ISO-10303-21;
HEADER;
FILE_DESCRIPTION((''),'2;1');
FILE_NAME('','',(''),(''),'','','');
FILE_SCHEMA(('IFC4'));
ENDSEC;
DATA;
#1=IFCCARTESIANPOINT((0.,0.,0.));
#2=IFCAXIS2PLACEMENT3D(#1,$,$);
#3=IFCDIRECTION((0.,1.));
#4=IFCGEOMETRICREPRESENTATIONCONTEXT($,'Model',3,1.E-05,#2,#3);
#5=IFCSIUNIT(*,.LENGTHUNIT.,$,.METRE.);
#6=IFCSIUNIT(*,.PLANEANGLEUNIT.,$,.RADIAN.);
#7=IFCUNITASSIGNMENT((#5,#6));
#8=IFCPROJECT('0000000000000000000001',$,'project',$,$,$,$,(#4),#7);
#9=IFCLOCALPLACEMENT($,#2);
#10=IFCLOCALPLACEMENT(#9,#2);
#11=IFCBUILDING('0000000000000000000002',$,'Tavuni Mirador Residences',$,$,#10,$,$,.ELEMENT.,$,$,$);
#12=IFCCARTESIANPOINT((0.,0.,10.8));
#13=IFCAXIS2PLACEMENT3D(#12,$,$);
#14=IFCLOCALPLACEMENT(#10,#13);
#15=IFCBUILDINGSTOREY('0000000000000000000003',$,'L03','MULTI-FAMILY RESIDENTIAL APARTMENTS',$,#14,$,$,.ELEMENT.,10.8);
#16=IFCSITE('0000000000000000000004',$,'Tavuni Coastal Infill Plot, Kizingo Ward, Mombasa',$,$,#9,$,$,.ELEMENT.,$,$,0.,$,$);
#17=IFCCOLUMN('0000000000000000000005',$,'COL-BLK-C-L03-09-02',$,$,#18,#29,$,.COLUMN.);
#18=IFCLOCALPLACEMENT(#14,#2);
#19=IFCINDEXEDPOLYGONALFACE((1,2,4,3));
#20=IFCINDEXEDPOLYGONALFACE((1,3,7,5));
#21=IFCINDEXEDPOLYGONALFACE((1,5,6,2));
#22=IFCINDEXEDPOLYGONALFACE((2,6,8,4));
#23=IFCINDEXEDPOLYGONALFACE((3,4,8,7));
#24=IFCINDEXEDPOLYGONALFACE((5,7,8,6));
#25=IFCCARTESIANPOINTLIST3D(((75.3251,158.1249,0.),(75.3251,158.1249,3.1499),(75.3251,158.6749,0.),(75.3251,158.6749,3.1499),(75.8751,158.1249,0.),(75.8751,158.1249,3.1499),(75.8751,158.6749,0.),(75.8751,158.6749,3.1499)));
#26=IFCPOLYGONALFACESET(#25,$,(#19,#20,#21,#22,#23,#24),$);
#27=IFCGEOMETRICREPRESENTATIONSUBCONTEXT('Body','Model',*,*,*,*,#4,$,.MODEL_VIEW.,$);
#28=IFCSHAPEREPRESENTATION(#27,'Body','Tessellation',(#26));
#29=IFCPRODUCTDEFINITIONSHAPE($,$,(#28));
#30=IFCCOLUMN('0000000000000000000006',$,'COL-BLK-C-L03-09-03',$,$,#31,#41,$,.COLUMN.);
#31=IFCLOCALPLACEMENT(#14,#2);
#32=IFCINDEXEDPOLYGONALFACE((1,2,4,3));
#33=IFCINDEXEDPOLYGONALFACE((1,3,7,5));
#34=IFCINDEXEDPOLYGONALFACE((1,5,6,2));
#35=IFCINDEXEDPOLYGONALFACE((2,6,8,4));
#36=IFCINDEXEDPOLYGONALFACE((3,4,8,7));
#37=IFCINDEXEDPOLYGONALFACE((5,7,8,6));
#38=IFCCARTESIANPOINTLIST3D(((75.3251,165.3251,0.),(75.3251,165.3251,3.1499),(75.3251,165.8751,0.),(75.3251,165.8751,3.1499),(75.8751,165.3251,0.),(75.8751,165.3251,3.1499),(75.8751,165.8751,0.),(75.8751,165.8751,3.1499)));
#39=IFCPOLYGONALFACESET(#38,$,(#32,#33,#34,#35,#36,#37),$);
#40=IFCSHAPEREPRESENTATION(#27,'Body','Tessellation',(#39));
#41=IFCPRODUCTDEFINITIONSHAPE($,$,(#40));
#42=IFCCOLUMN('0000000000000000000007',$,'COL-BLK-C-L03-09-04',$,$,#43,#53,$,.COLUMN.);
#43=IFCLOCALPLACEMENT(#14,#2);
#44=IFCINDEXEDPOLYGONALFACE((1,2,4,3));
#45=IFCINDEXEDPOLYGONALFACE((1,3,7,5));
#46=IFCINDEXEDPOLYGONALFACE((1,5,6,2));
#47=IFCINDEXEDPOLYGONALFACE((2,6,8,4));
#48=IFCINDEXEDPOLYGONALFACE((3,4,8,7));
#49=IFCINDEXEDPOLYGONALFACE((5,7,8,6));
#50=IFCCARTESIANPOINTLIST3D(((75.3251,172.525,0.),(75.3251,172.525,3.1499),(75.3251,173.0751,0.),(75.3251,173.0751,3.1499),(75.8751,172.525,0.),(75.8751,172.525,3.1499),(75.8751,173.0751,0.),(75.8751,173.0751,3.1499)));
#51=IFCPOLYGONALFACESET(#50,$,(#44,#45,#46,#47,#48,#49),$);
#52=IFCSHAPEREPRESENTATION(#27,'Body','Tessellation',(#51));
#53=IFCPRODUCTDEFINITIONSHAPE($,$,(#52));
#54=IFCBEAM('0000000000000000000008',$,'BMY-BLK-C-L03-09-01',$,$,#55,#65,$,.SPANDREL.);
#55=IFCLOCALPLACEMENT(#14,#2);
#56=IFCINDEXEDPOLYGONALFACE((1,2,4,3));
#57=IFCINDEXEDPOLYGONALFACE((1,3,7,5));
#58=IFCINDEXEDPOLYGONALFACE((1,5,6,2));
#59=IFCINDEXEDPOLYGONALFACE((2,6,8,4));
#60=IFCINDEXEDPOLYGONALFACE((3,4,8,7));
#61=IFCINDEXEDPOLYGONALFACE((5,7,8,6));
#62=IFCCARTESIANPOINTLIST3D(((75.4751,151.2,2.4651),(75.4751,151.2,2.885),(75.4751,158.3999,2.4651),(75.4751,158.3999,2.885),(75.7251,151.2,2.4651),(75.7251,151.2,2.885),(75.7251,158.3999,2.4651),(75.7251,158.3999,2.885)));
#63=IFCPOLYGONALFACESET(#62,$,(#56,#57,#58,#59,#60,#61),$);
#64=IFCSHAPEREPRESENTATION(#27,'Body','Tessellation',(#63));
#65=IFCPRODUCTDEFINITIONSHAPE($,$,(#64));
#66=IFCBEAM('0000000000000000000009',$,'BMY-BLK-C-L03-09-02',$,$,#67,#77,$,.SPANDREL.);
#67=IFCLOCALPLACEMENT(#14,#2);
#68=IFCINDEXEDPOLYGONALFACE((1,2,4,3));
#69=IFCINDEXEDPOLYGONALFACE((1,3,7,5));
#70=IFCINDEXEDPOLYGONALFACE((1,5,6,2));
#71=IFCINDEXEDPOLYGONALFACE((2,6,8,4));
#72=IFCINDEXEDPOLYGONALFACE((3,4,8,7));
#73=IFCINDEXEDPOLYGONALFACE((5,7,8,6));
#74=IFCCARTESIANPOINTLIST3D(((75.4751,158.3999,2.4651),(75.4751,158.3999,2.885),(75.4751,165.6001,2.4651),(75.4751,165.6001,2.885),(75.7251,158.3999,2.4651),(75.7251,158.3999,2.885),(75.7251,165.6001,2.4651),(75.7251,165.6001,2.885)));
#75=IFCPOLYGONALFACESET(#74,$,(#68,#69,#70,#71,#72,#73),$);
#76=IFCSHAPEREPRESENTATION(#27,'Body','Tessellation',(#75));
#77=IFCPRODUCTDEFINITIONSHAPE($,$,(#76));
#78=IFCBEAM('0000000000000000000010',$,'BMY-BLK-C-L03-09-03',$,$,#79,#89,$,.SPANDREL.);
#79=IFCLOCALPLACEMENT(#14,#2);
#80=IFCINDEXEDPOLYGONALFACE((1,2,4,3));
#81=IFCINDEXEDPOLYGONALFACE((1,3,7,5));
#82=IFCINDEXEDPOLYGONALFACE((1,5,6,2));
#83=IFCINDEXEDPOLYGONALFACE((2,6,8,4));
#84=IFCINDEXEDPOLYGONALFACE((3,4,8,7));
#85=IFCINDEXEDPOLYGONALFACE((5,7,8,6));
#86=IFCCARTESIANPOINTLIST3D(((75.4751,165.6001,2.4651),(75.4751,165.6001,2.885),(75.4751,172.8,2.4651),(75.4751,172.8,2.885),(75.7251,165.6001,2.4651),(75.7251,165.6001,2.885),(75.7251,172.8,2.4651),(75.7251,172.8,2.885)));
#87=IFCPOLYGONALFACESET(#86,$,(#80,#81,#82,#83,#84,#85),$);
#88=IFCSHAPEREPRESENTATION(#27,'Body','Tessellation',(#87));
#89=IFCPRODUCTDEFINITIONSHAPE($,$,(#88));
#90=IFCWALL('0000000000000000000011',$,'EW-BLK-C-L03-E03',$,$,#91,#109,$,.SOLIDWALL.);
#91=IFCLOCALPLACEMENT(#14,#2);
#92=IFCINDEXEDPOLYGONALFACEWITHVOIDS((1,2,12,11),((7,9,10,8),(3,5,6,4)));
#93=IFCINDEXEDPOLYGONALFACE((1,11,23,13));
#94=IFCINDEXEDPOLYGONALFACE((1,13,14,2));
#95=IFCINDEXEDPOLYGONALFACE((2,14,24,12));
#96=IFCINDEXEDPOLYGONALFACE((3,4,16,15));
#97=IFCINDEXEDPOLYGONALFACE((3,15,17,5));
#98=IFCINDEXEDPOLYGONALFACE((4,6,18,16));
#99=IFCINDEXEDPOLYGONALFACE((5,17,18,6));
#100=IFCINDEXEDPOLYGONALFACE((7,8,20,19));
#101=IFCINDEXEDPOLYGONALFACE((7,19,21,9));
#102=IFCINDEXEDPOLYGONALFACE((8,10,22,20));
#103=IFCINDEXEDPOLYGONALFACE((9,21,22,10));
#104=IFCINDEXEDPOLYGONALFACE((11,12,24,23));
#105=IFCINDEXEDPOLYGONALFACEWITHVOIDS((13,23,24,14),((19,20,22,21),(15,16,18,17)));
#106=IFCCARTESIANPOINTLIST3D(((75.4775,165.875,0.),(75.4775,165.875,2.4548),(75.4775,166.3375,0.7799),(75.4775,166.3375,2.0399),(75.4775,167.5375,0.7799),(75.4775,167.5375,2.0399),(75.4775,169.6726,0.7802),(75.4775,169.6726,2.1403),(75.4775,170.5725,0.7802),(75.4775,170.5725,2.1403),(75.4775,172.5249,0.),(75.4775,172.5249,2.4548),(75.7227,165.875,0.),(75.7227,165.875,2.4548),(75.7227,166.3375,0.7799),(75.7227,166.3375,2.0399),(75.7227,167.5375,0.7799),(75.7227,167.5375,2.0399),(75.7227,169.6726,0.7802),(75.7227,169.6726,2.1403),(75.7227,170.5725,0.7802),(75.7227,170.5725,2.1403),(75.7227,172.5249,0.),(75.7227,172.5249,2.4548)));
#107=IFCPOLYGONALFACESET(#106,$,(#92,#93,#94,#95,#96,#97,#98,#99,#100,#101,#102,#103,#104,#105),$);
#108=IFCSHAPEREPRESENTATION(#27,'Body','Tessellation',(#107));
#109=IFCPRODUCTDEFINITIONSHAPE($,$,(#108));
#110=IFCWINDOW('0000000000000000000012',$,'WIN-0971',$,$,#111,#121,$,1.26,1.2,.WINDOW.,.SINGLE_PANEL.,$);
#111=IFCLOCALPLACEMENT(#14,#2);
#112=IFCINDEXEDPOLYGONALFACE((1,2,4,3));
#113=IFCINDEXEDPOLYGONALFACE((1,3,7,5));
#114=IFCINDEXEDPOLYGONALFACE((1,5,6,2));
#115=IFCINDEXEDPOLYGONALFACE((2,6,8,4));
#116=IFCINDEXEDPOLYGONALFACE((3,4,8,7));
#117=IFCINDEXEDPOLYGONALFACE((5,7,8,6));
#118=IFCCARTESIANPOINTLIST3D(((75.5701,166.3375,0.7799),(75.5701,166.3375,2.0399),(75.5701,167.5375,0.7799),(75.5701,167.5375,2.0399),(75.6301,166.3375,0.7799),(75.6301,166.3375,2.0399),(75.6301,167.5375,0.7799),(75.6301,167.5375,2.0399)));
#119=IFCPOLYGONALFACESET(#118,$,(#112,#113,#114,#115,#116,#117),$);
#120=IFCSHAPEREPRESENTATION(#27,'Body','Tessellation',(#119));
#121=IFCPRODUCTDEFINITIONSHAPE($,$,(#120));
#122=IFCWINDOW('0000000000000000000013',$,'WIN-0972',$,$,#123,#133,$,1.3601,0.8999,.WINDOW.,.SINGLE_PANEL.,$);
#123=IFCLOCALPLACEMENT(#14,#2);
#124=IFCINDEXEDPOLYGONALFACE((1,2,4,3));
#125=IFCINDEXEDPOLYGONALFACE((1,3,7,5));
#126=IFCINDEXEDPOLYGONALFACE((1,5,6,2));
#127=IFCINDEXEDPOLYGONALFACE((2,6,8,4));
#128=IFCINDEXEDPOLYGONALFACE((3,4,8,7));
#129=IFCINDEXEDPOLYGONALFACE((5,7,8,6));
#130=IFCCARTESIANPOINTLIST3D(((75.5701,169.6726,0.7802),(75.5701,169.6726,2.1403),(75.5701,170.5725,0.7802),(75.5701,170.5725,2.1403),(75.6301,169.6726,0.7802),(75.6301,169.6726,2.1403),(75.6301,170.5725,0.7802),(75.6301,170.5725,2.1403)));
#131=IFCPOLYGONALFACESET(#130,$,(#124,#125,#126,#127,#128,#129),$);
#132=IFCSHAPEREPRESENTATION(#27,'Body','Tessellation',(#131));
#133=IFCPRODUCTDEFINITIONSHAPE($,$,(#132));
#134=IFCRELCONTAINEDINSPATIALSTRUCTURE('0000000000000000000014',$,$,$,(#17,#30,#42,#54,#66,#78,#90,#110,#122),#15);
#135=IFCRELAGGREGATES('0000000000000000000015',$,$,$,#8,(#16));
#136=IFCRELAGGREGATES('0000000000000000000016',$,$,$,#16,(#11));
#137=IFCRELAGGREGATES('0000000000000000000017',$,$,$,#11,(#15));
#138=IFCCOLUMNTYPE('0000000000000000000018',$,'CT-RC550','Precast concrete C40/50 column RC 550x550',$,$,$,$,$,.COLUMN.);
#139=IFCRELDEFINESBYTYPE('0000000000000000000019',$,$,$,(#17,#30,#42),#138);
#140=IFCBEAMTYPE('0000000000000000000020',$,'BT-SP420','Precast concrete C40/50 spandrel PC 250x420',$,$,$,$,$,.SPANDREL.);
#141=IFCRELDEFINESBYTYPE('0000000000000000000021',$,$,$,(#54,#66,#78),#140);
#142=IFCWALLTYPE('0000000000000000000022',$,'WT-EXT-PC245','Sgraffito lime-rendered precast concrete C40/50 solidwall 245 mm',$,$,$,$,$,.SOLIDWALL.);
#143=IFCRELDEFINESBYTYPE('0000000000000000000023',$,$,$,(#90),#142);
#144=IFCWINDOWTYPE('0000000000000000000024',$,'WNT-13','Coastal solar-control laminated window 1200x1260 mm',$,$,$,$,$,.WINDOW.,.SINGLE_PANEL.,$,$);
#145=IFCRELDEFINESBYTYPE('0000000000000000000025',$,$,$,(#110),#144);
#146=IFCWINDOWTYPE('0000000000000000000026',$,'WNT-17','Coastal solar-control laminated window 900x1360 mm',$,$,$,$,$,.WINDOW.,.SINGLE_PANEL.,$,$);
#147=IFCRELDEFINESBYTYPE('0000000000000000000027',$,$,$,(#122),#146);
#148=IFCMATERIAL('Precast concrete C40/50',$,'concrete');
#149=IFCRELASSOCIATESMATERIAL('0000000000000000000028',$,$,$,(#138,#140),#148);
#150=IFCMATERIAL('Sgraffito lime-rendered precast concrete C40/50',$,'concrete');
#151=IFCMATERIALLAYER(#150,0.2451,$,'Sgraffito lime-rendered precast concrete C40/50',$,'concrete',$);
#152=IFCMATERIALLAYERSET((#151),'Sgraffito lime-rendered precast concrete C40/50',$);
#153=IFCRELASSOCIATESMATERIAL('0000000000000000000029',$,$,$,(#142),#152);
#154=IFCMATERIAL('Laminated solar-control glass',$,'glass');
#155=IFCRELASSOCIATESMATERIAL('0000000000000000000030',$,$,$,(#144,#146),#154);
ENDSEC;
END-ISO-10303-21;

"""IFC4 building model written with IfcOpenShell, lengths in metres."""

from ifc_helpers import new_model, si_unit, direction, frame, frame_2d, origin, origin_2d, place, context, subcontext, project, spatial, rectangle, extrude, material, layer, layer_set, material_profile, profile_set, type_object, element, fill, save


model = new_model("IFC4")

# Units and contexts
model_context = context("Model", 3, precision=1e-05, world=origin(), true_north=direction((0.0, 1.0)))
body_context = subcontext(model_context, "Body", "Model", "MODEL_VIEW")
ifc_project = project(units=[si_unit("LENGTHUNIT", "METRE"), si_unit("PLANEANGLEUNIT", "RADIAN")], contexts=[model_context])

# Site, building, storey
site_placement = place(None, origin())
site = spatial("IfcSite", under=ifc_project, at=site_placement, Name="Tavuni Coastal Infill Plot, Kizingo Ward, Mombasa", CompositionType="ELEMENT", RefElevation=0.0)
building_placement = place(site_placement, origin())
building = spatial("IfcBuilding", under=site, at=building_placement, Name="Tavuni Mirador Residences", CompositionType="ELEMENT")
storey_placement = place(building_placement, frame((0.0, 0.0, 10.8)))
storey = spatial("IfcBuildingStorey", under=building, at=storey_placement, Name="L03", Description="MULTI-FAMILY RESIDENTIAL APARTMENTS", CompositionType="ELEMENT", Elevation=10.8)

# Columns
ifc_material_1 = material(Name="Precast concrete C40/50", Category="concrete")
ifc_material_profile_1 = material_profile(ifc_material_1, rectangle(XDim=0.55, YDim=0.55, at=origin_2d()), Name="RC 550x550", Category="concrete")
ifc_profile_set_1 = profile_set([ifc_material_profile_1], Name="Precast concrete C40/50")
column_type = type_object("IfcColumnType", Name="CT-RC550", Description="Precast concrete C40/50 column RC 550x550", PredefinedType="COLUMN", material=ifc_profile_set_1)
for number, where, z_axis, x_axis, name in (
    (1, (75.6001, 158.3999, 0.0), (0.0, 0.0, 1.0), (1.0, 0.0, 0.0), "COL-BLK-C-L03-09-02"),
    (2, (75.6001, 165.6001, 0.0), (0.0, 0.0, 1.0), (1.0, 0.0, 0.0), "COL-BLK-C-L03-09-03"),
    (3, (75.6001, 172.8, 0.0), (0.0, 0.0, 1.0), (1.0, 0.0, 0.0), "COL-BLK-C-L03-09-04"),
):
    element("IfcColumn", number, at=place(storey_placement, frame(where, z_axis=z_axis, x_axis=x_axis)), inside=storey, type_object=column_type, Name=name, PredefinedType="COLUMN", context=body_context, shape_type="SweptSolid", body=[
        extrude(rectangle(XDim=0.55, YDim=0.55, at=origin_2d()), origin(), (0.0, 0.0, 1.0), 3.1499),
    ])

# Beams
ifc_material_profile_2 = material_profile(ifc_material_1, rectangle(XDim=0.25, YDim=0.4199, at=origin_2d()), Name="PC 250x420", Category="concrete")
ifc_profile_set_2 = profile_set([ifc_material_profile_2], Name="Precast concrete C40/50")
beam_type = type_object("IfcBeamType", Name="BT-SP420", Description="Precast concrete C40/50 spandrel PC 250x420", PredefinedType="SPANDREL", material=ifc_profile_set_2)
beam_1_placement = place(storey_placement, frame((75.6001, 151.2, 2.675), z_axis=(0.0, 1.0, 0.0), x_axis=(-1.0, 0.0, 0.0)))
element("IfcBeam", 4, at=beam_1_placement, inside=storey, type_object=beam_type, Name="BMY-BLK-C-L03-09-01", PredefinedType="SPANDREL", context=body_context, shape_type="SweptSolid", body=[
    extrude(rectangle(XDim=0.25, YDim=0.4199, at=origin_2d()), origin(), (0.0, 0.0, 1.0), 7.2),
])
beam_2_placement = place(storey_placement, frame((75.6001, 158.3999, 2.675), z_axis=(0.0, 1.0, 0.0), x_axis=(-1.0, 0.0, 0.0)))
element("IfcBeam", 5, at=beam_2_placement, inside=storey, type_object=beam_type, Name="BMY-BLK-C-L03-09-02", PredefinedType="SPANDREL", context=body_context, shape_type="SweptSolid", body=[
    extrude(rectangle(XDim=0.25, YDim=0.4199, at=origin_2d()), origin(), (0.0, 0.0, 1.0), 7.2002),
])
beam_3_placement = place(storey_placement, frame((75.6001, 165.6001, 2.675), z_axis=(0.0, 1.0, 0.0), x_axis=(-1.0, 0.0, 0.0)))
element("IfcBeam", 6, at=beam_3_placement, inside=storey, type_object=beam_type, Name="BMY-BLK-C-L03-09-03", PredefinedType="SPANDREL", context=body_context, shape_type="SweptSolid", body=[
    extrude(rectangle(XDim=0.25, YDim=0.4199, at=origin_2d()), origin(), (0.0, 0.0, 1.0), 7.2),
])

# Wall, openings, windows
ifc_material_2 = material(Name="Sgraffito lime-rendered precast concrete C40/50", Category="concrete")
ifc_layer_1 = layer(ifc_material_2, 0.2451, Name="Sgraffito lime-rendered precast concrete C40/50", Category="concrete")
ifc_layer_set_1 = layer_set([ifc_layer_1], Name="Sgraffito lime-rendered precast concrete C40/50")
wall_type_1 = type_object("IfcWallType", Name="WT-EXT-PC245", Description="Sgraffito lime-rendered precast concrete C40/50 solidwall 245 mm", PredefinedType="SOLIDWALL", material=ifc_layer_set_1)
wall_1_placement = place(storey_placement, frame((75.6001, 165.875, 0.0), z_axis=(0.0, 0.0, 1.0), x_axis=(0.0, 1.0, 0.0)))
wall_1 = element("IfcWall", 7, at=wall_1_placement, inside=storey, type_object=wall_type_1, Name="EW-BLK-C-L03-E03", PredefinedType="SOLIDWALL", context=body_context, shape_type="SweptSolid", body=[
    extrude(rectangle(XDim=6.6499, YDim=0.2451, at=frame_2d((3.325, 0.0))), origin(), (0.0, 0.0, 1.0), 2.4548),
])
opening_1_placement = place(wall_1_placement, frame((0.4624, 0.0, 0.78)))
opening_1 = element("IfcOpeningElement", 8, at=opening_1_placement, cuts=wall_1, PredefinedType="OPENING", context=body_context, shape_type="SweptSolid", body=[
    extrude(rectangle(XDim=1.2, YDim=1.26, at=frame_2d((0.6001, 0.6299))), frame((0.0, 0.1326, 0.0), z_axis=(0.0, -1.0, 0.0), x_axis=(1.0, 0.0, 0.0)), (0.0, 0.0, 1.0), 0.2651),
])
opening_2_placement = place(wall_1_placement, frame((3.7976, 0.0, 0.78)))
opening_2 = element("IfcOpeningElement", 9, at=opening_2_placement, cuts=wall_1, PredefinedType="OPENING", context=body_context, shape_type="SweptSolid", body=[
    extrude(rectangle(XDim=0.8999, YDim=1.3601, at=frame_2d((0.45, 0.6802))), frame((0.0, 0.1326, 0.0), z_axis=(0.0, -1.0, 0.0), x_axis=(1.0, 0.0, 0.0)), (0.0, 0.0, 1.0), 0.2651),
])
ifc_material_3 = material(Name="Laminated solar-control glass", Category="glass")
window_type_1 = type_object("IfcWindowType", Name="WNT-13", Description="Coastal solar-control laminated window 1200x1260 mm", PartitioningType="SINGLE_PANEL", PredefinedType="WINDOW", material=ifc_material_3)
window_1_placement = place(opening_1_placement, origin())
window_1 = element("IfcWindow", 10, at=window_1_placement, inside=storey, type_object=window_type_1, Name="WIN-0971", OverallHeight=1.26, OverallWidth=1.2, PartitioningType="SINGLE_PANEL", PredefinedType="WINDOW", context=body_context, shape_type="SweptSolid", body=[
    extrude(rectangle(XDim=1.2, YDim=1.26, at=frame_2d((0.6001, 0.6299))), frame((0.0, 0.03, 0.0), z_axis=(0.0, -1.0, 0.0), x_axis=(1.0, 0.0, 0.0)), (0.0, 0.0, 1.0), 0.0601),
])
fill(opening_1, window_1)
window_type_2 = type_object("IfcWindowType", Name="WNT-17", Description="Coastal solar-control laminated window 900x1360 mm", PartitioningType="SINGLE_PANEL", PredefinedType="WINDOW", material=ifc_material_3)
window_2_placement = place(opening_2_placement, origin())
window_2 = element("IfcWindow", 11, at=window_2_placement, inside=storey, type_object=window_type_2, Name="WIN-0972", OverallHeight=1.3601, OverallWidth=0.8999, PartitioningType="SINGLE_PANEL", PredefinedType="WINDOW", context=body_context, shape_type="SweptSolid", body=[
    extrude(rectangle(XDim=0.8999, YDim=1.3601, at=frame_2d((0.45, 0.6802))), frame((0.0, 0.03, 0.0), z_axis=(0.0, -1.0, 0.0), x_axis=(1.0, 0.0, 0.0)), (0.0, 0.0, 1.0), 0.0601),
])
fill(opening_2, window_2)

save(model, "model.ifc")
